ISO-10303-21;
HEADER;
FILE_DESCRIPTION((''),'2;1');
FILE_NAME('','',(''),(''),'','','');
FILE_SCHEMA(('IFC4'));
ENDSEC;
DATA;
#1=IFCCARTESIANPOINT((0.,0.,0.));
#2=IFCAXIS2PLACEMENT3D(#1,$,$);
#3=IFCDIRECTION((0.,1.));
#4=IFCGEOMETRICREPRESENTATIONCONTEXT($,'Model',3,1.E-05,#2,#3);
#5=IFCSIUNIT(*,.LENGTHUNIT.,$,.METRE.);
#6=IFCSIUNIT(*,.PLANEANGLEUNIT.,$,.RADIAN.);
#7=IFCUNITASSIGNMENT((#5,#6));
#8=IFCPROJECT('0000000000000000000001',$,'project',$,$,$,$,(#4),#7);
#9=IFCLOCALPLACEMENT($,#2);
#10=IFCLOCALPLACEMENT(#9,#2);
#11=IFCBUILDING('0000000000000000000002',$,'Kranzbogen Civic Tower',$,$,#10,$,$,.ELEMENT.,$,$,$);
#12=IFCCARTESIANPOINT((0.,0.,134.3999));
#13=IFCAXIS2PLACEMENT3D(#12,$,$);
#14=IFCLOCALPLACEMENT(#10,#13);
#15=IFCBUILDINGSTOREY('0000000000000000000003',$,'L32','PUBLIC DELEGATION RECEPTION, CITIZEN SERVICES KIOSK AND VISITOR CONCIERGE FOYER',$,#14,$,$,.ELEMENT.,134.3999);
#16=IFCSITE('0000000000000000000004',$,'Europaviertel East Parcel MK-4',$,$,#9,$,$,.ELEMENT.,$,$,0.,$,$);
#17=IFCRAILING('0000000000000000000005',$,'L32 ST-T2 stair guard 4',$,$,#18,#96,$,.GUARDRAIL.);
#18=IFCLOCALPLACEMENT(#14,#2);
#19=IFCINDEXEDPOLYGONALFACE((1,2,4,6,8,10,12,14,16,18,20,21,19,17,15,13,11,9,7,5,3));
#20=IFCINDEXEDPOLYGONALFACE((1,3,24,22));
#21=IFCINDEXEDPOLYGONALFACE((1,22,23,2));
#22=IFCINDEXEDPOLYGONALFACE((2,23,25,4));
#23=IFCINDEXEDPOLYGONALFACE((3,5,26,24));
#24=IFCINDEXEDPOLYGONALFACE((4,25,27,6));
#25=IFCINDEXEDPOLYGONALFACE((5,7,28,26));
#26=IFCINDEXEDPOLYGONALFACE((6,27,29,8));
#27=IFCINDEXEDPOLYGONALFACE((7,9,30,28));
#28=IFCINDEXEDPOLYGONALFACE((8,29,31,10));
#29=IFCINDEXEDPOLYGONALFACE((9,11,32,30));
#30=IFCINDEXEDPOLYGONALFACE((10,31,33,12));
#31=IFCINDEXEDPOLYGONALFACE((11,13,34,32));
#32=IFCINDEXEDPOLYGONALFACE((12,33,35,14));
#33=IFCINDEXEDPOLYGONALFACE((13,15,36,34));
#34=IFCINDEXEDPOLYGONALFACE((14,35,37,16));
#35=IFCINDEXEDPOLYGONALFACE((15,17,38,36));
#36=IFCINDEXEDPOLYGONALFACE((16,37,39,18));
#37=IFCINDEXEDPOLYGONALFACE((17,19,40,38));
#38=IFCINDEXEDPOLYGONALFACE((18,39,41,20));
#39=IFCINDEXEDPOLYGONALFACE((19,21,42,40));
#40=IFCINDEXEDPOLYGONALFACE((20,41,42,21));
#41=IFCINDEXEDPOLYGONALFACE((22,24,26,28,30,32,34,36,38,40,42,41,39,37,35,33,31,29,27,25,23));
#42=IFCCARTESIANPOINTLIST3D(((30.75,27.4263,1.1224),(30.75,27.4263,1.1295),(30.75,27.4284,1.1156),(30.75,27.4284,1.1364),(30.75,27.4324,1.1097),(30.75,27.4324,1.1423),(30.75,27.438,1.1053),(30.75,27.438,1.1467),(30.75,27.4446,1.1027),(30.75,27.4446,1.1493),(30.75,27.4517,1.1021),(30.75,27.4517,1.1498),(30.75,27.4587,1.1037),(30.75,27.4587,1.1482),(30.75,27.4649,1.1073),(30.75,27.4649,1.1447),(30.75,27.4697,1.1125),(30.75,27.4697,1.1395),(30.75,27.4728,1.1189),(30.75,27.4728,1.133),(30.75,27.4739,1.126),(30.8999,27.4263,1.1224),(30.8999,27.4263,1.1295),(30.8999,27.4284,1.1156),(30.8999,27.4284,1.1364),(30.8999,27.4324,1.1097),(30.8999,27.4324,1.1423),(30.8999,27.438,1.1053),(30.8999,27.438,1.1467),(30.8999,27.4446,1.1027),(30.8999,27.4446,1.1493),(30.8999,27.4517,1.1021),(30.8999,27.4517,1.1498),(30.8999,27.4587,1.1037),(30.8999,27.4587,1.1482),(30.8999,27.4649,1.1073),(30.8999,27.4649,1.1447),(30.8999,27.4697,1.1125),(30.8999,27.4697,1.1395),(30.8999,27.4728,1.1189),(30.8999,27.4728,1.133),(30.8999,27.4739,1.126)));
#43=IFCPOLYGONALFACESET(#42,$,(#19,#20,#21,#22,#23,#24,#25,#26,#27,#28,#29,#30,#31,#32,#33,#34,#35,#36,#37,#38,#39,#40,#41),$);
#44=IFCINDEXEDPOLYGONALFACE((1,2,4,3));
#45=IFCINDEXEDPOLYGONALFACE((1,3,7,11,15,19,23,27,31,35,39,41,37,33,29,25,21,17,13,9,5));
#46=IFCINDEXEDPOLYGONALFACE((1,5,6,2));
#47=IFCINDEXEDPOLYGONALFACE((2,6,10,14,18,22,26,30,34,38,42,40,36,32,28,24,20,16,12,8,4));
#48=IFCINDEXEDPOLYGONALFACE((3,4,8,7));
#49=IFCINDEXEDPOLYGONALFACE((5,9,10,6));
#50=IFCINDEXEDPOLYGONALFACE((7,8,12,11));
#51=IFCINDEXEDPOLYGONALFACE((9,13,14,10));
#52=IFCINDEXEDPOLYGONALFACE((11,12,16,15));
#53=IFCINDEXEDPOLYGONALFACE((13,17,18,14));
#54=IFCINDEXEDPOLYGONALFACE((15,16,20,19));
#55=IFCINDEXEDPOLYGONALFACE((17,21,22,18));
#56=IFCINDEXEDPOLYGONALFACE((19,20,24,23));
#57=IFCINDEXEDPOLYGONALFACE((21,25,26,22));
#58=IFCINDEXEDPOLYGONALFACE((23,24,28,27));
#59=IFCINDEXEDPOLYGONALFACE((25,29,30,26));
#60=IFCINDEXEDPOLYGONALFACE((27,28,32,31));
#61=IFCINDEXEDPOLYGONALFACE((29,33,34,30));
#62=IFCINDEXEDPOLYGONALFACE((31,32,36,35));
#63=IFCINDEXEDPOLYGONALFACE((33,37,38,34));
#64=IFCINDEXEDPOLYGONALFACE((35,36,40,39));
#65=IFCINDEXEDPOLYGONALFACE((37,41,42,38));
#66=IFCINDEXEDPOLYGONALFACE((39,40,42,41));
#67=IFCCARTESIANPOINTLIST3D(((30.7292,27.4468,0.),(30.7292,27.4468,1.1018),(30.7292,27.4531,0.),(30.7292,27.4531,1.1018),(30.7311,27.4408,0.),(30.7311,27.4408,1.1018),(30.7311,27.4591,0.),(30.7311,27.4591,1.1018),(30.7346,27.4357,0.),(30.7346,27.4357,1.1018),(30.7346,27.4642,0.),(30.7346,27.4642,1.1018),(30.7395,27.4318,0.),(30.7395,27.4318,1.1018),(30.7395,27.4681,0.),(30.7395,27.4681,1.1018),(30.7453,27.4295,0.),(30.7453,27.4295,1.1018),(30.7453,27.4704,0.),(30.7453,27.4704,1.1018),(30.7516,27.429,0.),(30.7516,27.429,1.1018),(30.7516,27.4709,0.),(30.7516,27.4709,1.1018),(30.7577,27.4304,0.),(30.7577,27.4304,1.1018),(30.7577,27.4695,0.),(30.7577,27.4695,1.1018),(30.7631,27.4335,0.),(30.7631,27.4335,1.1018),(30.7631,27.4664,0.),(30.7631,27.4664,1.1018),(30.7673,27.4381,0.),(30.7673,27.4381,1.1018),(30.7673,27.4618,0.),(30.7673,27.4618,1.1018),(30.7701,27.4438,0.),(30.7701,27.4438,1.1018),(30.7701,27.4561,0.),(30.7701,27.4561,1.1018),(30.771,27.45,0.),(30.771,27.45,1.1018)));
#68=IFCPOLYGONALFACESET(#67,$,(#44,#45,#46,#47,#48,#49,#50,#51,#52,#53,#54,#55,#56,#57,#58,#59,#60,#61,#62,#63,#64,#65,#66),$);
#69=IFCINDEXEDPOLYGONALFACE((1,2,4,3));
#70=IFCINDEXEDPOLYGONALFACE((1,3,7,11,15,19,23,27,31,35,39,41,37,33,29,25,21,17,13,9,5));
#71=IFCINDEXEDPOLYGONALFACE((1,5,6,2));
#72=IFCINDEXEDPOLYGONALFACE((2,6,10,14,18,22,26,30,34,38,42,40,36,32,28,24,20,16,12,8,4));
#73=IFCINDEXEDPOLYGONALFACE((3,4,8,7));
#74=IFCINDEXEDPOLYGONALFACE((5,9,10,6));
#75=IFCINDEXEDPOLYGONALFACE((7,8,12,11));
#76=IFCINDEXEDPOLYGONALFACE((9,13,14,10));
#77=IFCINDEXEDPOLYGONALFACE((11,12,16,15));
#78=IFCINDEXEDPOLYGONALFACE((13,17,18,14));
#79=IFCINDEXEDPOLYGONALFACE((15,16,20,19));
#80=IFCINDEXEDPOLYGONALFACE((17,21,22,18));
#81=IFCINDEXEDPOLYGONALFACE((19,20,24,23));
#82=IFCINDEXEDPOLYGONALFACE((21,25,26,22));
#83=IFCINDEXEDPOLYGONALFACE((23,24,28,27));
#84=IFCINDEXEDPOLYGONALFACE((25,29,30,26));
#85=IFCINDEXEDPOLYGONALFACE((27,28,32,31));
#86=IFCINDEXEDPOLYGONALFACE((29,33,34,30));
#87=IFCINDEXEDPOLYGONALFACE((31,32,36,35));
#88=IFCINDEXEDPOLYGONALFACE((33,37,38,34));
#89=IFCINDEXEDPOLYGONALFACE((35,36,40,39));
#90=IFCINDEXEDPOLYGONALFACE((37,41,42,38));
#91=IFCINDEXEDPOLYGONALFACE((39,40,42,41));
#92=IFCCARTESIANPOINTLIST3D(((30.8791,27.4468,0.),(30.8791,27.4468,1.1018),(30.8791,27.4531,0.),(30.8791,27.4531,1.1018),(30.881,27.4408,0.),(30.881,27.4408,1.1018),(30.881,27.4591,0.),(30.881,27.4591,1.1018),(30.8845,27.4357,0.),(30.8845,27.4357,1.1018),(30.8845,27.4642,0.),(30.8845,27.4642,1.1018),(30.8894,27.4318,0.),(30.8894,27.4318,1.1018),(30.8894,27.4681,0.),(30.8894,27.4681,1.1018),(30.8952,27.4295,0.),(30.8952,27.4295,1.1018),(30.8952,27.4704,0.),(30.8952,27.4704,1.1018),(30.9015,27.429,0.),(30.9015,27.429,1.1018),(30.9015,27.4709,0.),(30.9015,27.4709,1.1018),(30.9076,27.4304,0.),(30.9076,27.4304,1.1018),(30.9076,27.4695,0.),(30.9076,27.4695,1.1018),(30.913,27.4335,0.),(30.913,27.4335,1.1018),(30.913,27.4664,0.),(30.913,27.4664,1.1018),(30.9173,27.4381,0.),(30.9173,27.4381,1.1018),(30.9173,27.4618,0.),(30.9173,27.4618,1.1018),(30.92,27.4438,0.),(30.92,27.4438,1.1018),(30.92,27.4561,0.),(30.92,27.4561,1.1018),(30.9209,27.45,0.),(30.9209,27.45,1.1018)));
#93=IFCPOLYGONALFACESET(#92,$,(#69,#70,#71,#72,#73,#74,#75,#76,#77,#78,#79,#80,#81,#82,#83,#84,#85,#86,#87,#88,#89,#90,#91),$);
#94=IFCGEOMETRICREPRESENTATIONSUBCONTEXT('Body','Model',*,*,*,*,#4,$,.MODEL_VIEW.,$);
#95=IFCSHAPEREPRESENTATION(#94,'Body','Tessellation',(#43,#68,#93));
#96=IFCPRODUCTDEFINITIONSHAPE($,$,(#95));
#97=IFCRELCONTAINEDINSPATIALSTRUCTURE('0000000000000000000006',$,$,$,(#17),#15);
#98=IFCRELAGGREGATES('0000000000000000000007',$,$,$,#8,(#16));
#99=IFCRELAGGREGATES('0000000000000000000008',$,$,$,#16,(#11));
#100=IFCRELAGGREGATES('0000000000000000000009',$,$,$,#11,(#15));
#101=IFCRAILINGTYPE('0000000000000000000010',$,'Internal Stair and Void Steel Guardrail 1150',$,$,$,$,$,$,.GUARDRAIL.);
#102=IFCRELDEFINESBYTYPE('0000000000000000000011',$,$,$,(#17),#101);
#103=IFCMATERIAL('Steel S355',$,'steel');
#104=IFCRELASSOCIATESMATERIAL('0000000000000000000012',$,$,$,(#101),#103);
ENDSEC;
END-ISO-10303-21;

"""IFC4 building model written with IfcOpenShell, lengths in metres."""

from ifc_helpers import new_model, si_unit, direction, frame, origin, origin_2d, place, context, subcontext, project, spatial, circle, extrude, material, type_object, element, save


model = new_model("IFC4")

# Units and contexts
model_context = context("Model", 3, precision=1e-05, world=origin(), true_north=direction((0.0, 1.0)))
body_context = subcontext(model_context, "Body", "Model", "MODEL_VIEW")
ifc_project = project(units=[si_unit("LENGTHUNIT", "METRE"), si_unit("PLANEANGLEUNIT", "RADIAN")], contexts=[model_context])

# Site, building, storey
site_placement = place(None, origin())
site = spatial("IfcSite", under=ifc_project, at=site_placement, Name="Europaviertel East Parcel MK-4", CompositionType="ELEMENT", RefElevation=0.0)
building_placement = place(site_placement, origin())
building = spatial("IfcBuilding", under=site, at=building_placement, Name="Kranzbogen Civic Tower", CompositionType="ELEMENT")
storey_placement = place(building_placement, frame((0.0, 0.0, 134.3999)))
storey = spatial("IfcBuildingStorey", under=building, at=storey_placement, Name="L32", Description="PUBLIC DELEGATION RECEPTION, CITIZEN SERVICES KIOSK AND VISITOR CONCIERGE FOYER", CompositionType="ELEMENT", Elevation=134.3999)

# Shared definitions
ifc_material_1 = material(Name="Steel S355", Category="steel")

# Railing
railing_type_1 = type_object("IfcRailingType", Name="Internal Stair and Void Steel Guardrail 1150", PredefinedType="GUARDRAIL", material=ifc_material_1)
railing_1_placement = place(storey_placement, frame((30.75, 27.45, 0.0)))
element("IfcRailing", 1, at=railing_1_placement, inside=storey, type_object=railing_type_1, Name="L32 ST-T2 stair guard 4", PredefinedType="GUARDRAIL", context=body_context, shape_type="SweptSolid", body=[
    extrude(circle(Radius=0.0239, at=origin_2d()), frame((0.0, 0.0, 1.126), z_axis=(1.0, 0.0, 0.0), x_axis=(0.0, 1.0, 0.0)), (0.0, 0.0, 1.0), 0.1499),
    extrude(circle(Radius=0.021, at=origin_2d()), origin(), (0.0, 0.0, 1.0), 1.1018),
    extrude(circle(Radius=0.021, at=origin_2d()), frame((0.1499, 0.0, 0.0)), (0.0, 0.0, 1.0), 1.1018),
])

save(model, "model.ifc")
